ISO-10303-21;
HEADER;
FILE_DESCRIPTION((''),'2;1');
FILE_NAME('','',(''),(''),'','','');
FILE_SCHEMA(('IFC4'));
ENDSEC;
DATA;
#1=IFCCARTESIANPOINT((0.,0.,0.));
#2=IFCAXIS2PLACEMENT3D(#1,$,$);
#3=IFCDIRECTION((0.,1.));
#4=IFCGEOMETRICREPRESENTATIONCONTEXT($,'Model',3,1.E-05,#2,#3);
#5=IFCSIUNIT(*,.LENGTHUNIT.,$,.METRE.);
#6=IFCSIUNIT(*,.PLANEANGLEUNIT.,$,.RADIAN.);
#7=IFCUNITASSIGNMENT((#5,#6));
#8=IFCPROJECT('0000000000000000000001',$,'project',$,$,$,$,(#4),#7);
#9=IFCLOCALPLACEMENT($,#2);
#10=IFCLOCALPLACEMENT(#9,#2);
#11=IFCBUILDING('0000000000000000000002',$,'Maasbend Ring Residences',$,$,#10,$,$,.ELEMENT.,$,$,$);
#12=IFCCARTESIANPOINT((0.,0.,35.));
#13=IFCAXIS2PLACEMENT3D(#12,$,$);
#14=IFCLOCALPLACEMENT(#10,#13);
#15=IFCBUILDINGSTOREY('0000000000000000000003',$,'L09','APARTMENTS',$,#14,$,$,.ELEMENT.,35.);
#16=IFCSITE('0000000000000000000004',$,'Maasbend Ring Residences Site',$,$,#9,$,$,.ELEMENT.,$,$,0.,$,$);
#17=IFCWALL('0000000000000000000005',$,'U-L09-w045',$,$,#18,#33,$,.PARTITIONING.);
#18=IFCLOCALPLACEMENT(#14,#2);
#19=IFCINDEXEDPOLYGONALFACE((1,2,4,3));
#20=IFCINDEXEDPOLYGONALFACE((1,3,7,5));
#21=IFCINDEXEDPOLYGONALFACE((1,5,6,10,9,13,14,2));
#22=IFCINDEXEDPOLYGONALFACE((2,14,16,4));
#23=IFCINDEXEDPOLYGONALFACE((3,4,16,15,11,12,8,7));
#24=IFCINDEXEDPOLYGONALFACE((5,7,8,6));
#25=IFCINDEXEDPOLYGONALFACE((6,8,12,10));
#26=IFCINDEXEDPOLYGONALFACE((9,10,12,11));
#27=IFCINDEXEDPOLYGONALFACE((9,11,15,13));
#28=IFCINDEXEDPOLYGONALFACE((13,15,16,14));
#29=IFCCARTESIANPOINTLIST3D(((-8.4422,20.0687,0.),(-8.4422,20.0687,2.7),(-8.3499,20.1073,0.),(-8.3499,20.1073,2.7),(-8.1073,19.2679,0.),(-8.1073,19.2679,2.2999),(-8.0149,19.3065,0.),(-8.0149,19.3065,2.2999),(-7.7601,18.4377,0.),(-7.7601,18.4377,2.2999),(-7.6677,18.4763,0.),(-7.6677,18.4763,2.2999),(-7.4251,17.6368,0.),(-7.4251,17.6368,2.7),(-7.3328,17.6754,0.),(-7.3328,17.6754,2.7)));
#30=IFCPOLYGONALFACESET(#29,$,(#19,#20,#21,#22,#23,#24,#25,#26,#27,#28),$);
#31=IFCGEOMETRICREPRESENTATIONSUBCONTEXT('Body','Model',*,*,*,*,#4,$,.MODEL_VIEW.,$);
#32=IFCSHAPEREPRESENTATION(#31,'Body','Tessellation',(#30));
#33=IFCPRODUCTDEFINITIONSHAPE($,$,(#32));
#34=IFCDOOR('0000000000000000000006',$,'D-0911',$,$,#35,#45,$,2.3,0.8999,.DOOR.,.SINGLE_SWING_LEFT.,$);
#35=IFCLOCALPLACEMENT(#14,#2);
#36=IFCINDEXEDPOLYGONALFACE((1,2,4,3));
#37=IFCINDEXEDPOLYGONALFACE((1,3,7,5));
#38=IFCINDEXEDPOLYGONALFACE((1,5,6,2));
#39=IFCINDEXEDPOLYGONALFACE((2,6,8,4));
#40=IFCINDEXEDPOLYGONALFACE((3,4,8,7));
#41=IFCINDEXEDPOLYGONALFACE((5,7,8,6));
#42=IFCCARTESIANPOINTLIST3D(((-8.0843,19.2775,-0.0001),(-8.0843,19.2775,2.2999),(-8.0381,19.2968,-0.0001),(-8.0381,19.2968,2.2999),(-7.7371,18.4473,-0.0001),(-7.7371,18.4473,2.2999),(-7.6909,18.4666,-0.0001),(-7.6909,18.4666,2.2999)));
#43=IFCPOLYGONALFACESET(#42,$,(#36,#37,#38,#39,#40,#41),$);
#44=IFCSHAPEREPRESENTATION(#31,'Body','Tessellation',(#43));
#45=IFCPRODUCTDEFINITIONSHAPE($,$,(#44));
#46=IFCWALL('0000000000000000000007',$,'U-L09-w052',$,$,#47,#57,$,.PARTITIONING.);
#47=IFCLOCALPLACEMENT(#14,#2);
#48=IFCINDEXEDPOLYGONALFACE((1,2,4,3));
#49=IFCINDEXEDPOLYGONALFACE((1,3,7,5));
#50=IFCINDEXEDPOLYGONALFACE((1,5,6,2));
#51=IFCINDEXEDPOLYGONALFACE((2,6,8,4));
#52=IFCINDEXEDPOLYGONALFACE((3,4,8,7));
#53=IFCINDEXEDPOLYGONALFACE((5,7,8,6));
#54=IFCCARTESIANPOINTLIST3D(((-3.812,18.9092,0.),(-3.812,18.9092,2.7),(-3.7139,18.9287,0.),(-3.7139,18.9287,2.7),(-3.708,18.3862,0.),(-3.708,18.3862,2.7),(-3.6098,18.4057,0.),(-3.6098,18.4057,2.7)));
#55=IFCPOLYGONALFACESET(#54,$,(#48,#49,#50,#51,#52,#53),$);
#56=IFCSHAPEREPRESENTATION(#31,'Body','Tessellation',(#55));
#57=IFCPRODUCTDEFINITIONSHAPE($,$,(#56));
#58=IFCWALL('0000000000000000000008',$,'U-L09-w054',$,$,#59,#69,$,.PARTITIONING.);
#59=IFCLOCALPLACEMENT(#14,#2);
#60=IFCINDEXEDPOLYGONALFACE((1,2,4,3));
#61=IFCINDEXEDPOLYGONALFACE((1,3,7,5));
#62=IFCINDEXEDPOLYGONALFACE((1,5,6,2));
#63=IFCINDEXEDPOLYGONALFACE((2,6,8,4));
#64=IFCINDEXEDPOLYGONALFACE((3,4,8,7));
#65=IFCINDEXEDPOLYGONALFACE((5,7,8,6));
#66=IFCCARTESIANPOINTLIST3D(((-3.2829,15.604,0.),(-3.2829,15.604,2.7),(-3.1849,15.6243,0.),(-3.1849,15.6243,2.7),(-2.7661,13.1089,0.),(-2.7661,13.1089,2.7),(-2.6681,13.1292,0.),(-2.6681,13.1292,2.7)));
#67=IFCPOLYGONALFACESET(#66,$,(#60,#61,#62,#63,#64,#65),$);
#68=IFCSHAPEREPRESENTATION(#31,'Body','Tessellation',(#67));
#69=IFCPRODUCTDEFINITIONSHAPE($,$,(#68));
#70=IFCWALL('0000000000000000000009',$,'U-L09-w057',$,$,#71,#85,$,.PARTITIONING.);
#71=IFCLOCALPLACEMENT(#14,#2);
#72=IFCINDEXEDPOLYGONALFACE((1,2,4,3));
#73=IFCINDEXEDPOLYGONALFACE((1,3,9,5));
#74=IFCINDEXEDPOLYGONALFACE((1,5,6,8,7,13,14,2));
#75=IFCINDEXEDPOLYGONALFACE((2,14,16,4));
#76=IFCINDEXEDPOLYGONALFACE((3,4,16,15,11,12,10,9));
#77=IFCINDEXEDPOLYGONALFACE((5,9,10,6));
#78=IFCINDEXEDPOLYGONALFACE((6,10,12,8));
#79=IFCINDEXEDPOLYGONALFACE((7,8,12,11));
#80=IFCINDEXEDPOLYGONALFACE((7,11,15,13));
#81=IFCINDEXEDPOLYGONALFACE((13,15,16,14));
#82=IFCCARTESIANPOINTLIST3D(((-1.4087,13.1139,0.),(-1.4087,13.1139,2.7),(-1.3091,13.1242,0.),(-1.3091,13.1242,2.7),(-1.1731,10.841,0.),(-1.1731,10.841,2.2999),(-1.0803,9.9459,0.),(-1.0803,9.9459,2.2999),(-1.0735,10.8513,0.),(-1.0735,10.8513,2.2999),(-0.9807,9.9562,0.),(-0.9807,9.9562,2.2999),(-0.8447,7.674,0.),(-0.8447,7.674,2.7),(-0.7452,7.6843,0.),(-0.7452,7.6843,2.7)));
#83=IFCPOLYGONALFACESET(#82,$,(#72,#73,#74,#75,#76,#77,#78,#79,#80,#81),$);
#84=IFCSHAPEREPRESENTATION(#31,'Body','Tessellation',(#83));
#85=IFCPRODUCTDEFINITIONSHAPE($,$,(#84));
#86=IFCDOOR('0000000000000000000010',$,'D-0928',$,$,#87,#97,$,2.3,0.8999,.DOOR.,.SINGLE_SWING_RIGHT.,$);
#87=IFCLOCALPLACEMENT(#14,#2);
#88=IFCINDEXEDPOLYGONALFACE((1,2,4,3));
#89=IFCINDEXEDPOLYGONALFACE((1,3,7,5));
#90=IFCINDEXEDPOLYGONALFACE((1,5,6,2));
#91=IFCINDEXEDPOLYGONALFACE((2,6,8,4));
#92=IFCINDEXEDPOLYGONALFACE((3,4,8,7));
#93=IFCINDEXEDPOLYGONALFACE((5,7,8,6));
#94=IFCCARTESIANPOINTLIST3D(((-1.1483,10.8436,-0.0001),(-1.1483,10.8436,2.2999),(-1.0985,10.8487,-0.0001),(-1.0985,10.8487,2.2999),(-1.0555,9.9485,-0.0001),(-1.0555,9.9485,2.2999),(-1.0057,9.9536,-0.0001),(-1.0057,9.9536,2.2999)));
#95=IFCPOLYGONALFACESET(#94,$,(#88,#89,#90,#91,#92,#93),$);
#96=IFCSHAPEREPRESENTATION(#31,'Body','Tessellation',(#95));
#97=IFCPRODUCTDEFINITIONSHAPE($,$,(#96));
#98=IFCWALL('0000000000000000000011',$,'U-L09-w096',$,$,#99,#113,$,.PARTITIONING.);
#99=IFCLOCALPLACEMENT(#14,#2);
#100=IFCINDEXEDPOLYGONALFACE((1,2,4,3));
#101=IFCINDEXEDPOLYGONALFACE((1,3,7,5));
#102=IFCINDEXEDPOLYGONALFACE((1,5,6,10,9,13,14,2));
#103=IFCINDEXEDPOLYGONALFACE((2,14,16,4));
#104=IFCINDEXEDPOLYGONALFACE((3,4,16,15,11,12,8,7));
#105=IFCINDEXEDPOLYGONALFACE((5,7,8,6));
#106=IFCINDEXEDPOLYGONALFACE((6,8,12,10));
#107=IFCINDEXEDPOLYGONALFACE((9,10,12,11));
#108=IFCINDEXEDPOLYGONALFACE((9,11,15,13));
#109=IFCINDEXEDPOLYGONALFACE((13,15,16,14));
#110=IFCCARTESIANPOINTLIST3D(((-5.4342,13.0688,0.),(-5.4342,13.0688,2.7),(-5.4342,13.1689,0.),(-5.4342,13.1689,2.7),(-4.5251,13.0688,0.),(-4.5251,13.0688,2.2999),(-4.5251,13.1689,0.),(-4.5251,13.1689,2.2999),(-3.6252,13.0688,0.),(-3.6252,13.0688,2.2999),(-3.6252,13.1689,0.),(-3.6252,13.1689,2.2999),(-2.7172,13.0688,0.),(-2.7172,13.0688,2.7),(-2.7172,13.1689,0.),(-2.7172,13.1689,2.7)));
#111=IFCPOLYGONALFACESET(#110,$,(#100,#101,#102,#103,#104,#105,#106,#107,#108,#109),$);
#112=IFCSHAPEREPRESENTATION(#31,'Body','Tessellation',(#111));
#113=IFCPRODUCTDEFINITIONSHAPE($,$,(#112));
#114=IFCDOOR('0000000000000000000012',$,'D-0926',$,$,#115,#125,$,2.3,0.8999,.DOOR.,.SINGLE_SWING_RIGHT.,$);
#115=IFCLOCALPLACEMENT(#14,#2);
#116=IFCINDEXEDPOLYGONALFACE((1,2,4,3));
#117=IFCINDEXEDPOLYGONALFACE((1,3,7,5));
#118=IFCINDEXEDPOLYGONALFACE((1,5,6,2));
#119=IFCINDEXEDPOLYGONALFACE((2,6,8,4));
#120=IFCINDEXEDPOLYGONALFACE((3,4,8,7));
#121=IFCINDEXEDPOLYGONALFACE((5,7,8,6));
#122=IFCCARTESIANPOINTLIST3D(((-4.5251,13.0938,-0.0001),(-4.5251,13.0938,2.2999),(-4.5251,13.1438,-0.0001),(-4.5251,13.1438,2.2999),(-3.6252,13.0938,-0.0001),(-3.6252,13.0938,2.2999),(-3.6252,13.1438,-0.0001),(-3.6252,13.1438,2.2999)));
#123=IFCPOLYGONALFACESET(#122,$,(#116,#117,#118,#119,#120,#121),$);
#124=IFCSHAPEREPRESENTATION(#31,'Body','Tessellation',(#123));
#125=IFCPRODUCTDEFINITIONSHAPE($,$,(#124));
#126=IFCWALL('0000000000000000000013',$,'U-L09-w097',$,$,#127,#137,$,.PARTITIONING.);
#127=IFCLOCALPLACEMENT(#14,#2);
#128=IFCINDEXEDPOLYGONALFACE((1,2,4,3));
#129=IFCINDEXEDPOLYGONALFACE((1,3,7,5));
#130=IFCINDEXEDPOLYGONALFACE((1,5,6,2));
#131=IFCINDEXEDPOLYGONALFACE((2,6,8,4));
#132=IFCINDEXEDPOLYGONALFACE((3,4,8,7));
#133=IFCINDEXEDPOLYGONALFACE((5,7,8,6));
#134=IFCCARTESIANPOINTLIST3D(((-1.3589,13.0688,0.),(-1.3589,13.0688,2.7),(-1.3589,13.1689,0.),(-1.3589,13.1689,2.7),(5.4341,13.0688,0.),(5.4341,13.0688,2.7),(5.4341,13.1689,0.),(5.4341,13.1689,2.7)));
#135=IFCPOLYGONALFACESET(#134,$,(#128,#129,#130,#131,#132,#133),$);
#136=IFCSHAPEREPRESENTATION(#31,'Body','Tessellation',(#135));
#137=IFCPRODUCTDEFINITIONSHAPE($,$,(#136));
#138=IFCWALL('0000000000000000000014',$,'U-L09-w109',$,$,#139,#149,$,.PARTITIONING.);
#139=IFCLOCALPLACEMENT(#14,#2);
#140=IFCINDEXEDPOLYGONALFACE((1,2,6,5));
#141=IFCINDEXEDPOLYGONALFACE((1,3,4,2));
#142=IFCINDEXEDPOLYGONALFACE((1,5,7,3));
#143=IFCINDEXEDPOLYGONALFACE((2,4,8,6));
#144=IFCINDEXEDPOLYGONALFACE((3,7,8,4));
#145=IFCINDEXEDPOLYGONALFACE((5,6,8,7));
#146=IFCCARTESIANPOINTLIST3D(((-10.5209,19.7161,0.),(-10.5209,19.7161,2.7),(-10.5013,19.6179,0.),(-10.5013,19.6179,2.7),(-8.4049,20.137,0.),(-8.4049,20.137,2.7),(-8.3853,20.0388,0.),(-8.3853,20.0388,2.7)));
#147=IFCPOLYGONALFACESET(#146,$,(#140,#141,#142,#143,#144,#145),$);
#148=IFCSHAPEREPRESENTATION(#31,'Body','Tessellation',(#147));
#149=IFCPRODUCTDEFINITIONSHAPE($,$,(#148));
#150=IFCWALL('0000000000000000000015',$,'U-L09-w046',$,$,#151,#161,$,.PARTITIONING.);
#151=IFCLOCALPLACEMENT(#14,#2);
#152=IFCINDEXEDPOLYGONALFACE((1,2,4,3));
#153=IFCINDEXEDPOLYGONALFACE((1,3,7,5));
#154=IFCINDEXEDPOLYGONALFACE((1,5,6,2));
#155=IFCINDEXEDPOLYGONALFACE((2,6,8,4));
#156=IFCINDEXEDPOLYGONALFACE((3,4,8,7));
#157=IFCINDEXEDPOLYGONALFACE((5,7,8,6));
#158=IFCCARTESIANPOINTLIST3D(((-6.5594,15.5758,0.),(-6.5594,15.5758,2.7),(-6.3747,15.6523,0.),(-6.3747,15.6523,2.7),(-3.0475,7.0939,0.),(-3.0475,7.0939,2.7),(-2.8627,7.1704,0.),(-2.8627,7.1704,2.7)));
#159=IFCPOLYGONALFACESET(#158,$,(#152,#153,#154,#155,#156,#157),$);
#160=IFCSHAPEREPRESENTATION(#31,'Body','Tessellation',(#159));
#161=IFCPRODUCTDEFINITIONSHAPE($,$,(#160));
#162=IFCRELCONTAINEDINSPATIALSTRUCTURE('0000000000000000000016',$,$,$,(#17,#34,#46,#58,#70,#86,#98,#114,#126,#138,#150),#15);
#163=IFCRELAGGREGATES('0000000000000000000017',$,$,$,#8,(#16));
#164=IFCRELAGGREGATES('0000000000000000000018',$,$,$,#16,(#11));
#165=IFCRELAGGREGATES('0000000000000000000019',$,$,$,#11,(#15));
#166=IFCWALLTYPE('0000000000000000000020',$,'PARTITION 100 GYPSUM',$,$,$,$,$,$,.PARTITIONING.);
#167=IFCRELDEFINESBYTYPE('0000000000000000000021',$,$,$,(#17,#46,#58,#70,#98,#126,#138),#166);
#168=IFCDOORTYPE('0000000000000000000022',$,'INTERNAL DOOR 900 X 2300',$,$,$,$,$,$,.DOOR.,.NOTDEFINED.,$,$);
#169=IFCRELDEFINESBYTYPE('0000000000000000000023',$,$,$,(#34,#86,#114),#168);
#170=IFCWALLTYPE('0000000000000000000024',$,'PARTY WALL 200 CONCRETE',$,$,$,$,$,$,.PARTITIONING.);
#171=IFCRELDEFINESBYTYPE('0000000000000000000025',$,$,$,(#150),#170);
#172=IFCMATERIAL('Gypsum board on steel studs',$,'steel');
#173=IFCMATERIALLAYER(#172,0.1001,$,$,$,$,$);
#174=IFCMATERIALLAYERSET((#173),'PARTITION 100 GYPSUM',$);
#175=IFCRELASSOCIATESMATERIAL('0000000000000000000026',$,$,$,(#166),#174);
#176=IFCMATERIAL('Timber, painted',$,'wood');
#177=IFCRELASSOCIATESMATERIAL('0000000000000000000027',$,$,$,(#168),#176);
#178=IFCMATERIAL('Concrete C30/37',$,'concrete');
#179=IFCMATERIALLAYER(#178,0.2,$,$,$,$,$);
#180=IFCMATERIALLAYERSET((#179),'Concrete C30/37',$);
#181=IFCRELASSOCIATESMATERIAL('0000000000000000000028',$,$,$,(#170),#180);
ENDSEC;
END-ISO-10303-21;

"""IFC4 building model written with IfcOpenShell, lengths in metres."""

from ifc_helpers import new_model, si_unit, direction, frame, frame_2d, origin, place, context, subcontext, project, spatial, rectangle, extrude, material, layer, layer_set, type_object, element, fill, save


model = new_model("IFC4")

# Units and contexts
model_context = context("Model", 3, precision=1e-05, world=origin(), true_north=direction((0.0, 1.0)))
body_context = subcontext(model_context, "Body", "Model", "MODEL_VIEW")
ifc_project = project(units=[si_unit("LENGTHUNIT", "METRE"), si_unit("PLANEANGLEUNIT", "RADIAN")], contexts=[model_context])

# Site, building, storey
site_placement = place(None, origin())
site = spatial("IfcSite", under=ifc_project, at=site_placement, Name="Maasbend Ring Residences Site", CompositionType="ELEMENT", RefElevation=0.0)
building_placement = place(site_placement, origin())
building = spatial("IfcBuilding", under=site, at=building_placement, Name="Maasbend Ring Residences", CompositionType="ELEMENT")
storey_placement = place(building_placement, frame((0.0, 0.0, 35.0)))
storey = spatial("IfcBuildingStorey", under=building, at=storey_placement, Name="L09", Description="APARTMENTS", CompositionType="ELEMENT", Elevation=35.0)

# Shared definitions
ifc_material_1 = material(Name="Gypsum board on steel studs", Category="steel")
ifc_layer_1 = layer(ifc_material_1, 0.1001)
ifc_layer_set_1 = layer_set([ifc_layer_1], Name="PARTITION 100 GYPSUM")
wall_type_1 = type_object("IfcWallType", Name="PARTITION 100 GYPSUM", PredefinedType="PARTITIONING", material=ifc_layer_set_1)

# Wall, opening, door
wall_1_placement = place(storey_placement, frame((-8.396, 20.0879, 0.0), z_axis=(0.0, 0.0, 1.0), x_axis=(0.385845, -0.922564, 0.0)))
wall_1 = element("IfcWall", 1, at=wall_1_placement, inside=storey, type_object=wall_type_1, Name="U-L09-w045", PredefinedType="PARTITIONING", context=body_context, shape_type="SweptSolid", body=[
    extrude(rectangle(XDim=2.636, YDim=0.1001, at=frame_2d((1.3179, 0.0))), origin(), (0.0, 0.0, 1.0), 2.7),
])
opening_1_placement = place(wall_1_placement, frame((0.8679, 0.0, 0.0)))
opening_1 = element("IfcOpeningElement", 2, at=opening_1_placement, cuts=wall_1, PredefinedType="OPENING", context=body_context, shape_type="SweptSolid", body=[
    extrude(rectangle(XDim=0.8999, YDim=2.3, at=frame_2d((0.45, 1.1499))), frame((0.0, 0.0601, 0.0), z_axis=(0.0, -1.0, 0.0), x_axis=(1.0, 0.0, 0.0)), (0.0, 0.0, 1.0), 0.1201),
])
ifc_material_2 = material(Name="Timber, painted", Category="wood")
door_type_1 = type_object("IfcDoorType", Name="INTERNAL DOOR 900 X 2300", OperationType="NOTDEFINED", PredefinedType="DOOR", material=ifc_material_2)
door_1_placement = place(opening_1_placement, origin())
door_1 = element("IfcDoor", 3, at=door_1_placement, inside=storey, type_object=door_type_1, Name="D-0911", OperationType="SINGLE_SWING_LEFT", OverallHeight=2.3, OverallWidth=0.8999, PredefinedType="DOOR", context=body_context, shape_type="SweptSolid", body=[
    extrude(rectangle(XDim=0.8999, YDim=2.3, at=frame_2d((0.45, 1.1499))), frame((0.0, 0.0249, 0.0), z_axis=(0.0, -1.0, 0.0), x_axis=(1.0, 0.0, 0.0)), (0.0, 0.0, 1.0), 0.05),
])
fill(opening_1, door_1)

# Walls
wall_2_placement = place(storey_placement, frame((-3.7629, 18.9189, 0.0), z_axis=(0.0, 0.0, 1.0), x_axis=(0.195059, -0.980791, 0.0)))
element("IfcWall", 4, at=wall_2_placement, inside=storey, type_object=wall_type_1, Name="U-L09-w052", PredefinedType="PARTITIONING", context=body_context, shape_type="SweptSolid", body=[
    extrude(rectangle(XDim=0.5332, YDim=0.1001, at=frame_2d((0.2666, 0.0))), origin(), (0.0, 0.0, 1.0), 2.7),
])
wall_3_placement = place(storey_placement, frame((-3.2339, 15.614, 0.0), z_axis=(0.0, 0.0, 1.0), x_axis=(0.202837, -0.979213, 0.0)))
element("IfcWall", 5, at=wall_3_placement, inside=storey, type_object=wall_type_1, Name="U-L09-w054", PredefinedType="PARTITIONING", context=body_context, shape_type="SweptSolid", body=[
    extrude(rectangle(XDim=2.5481, YDim=0.1001, at=frame_2d((1.2739, 0.0))), origin(), (0.0, 0.0, 1.0), 2.7),
])

# Walls, openings, doors
wall_4_placement = place(storey_placement, frame((-1.3589, 13.1189, 0.0), z_axis=(0.0, 0.0, 1.0), x_axis=(0.103118, -0.994669, 0.0)))
wall_4 = element("IfcWall", 6, at=wall_4_placement, inside=storey, type_object=wall_type_1, Name="U-L09-w057", PredefinedType="PARTITIONING", context=body_context, shape_type="SweptSolid", body=[
    extrude(rectangle(XDim=5.469, YDim=0.1001, at=frame_2d((2.7344, 0.0))), origin(), (0.0, 0.0, 1.0), 2.7),
])
opening_2_placement = place(wall_4_placement, frame((2.2849, 0.0, 0.0)))
opening_2 = element("IfcOpeningElement", 7, at=opening_2_placement, cuts=wall_4, PredefinedType="OPENING", context=body_context, shape_type="SweptSolid", body=[
    extrude(rectangle(XDim=0.8999, YDim=2.3, at=frame_2d((0.45, 1.1499))), frame((0.0, 0.0601, 0.0), z_axis=(0.0, -1.0, 0.0), x_axis=(1.0, 0.0, 0.0)), (0.0, 0.0, 1.0), 0.1201),
])
door_2_placement = place(opening_2_placement, origin())
door_2 = element("IfcDoor", 8, at=door_2_placement, inside=storey, type_object=door_type_1, Name="D-0928", OperationType="SINGLE_SWING_RIGHT", OverallHeight=2.3, OverallWidth=0.8999, PredefinedType="DOOR", context=body_context, shape_type="SweptSolid", body=[
    extrude(rectangle(XDim=0.8999, YDim=2.3, at=frame_2d((0.45, 1.1499))), frame((0.0, 0.0249, 0.0), z_axis=(0.0, -1.0, 0.0), x_axis=(1.0, 0.0, 0.0)), (0.0, 0.0, 1.0), 0.05),
])
fill(opening_2, door_2)
wall_5_placement = place(storey_placement, frame((-5.4341, 13.1189, 0.0), z_axis=(0.0, 0.0, 1.0), x_axis=(1.0, 0.0, 0.0)))
wall_5 = element("IfcWall", 9, at=wall_5_placement, inside=storey, type_object=wall_type_1, Name="U-L09-w096", PredefinedType="PARTITIONING", context=body_context, shape_type="SweptSolid", body=[
    extrude(rectangle(XDim=2.717, YDim=0.1001, at=frame_2d((1.3584, 0.0))), origin(), (0.0, 0.0, 1.0), 2.7),
])
opening_3_placement = place(wall_5_placement, frame((0.9089, 0.0, 0.0)))
opening_3 = element("IfcOpeningElement", 10, at=opening_3_placement, cuts=wall_5, PredefinedType="OPENING", context=body_context, shape_type="SweptSolid", body=[
    extrude(rectangle(XDim=0.8999, YDim=2.3, at=frame_2d((0.45, 1.1499))), frame((0.0, 0.0601, 0.0), z_axis=(0.0, -1.0, 0.0), x_axis=(1.0, 0.0, 0.0)), (0.0, 0.0, 1.0), 0.1201),
])
door_3_placement = place(opening_3_placement, origin())
door_3 = element("IfcDoor", 11, at=door_3_placement, inside=storey, type_object=door_type_1, Name="D-0926", OperationType="SINGLE_SWING_RIGHT", OverallHeight=2.3, OverallWidth=0.8999, PredefinedType="DOOR", context=body_context, shape_type="SweptSolid", body=[
    extrude(rectangle(XDim=0.8999, YDim=2.3, at=frame_2d((0.45, 1.1499))), frame((0.0, 0.0249, 0.0), z_axis=(0.0, -1.0, 0.0), x_axis=(1.0, 0.0, 0.0)), (0.0, 0.0, 1.0), 0.05),
])
fill(opening_3, door_3)

# Walls
wall_6_placement = place(storey_placement, frame((-1.3589, 13.1189, 0.0), z_axis=(0.0, 0.0, 1.0), x_axis=(1.0, 0.0, 0.0)))
element("IfcWall", 12, at=wall_6_placement, inside=storey, type_object=wall_type_1, Name="U-L09-w097", PredefinedType="PARTITIONING", context=body_context, shape_type="SweptSolid", body=[
    extrude(rectangle(XDim=6.793, YDim=0.1001, at=frame_2d((3.3965, 0.0))), origin(), (0.0, 0.0, 1.0), 2.7),
])
wall_7_placement = place(storey_placement, frame((-10.511, 19.667, 0.0), z_axis=(0.0, 0.0, 1.0), x_axis=(0.980785, 0.195093, 0.0)))
element("IfcWall", 13, at=wall_7_placement, inside=storey, type_object=wall_type_1, Name="U-L09-w109", PredefinedType="PARTITIONING", context=body_context, shape_type="SweptSolid", body=[
    extrude(rectangle(XDim=2.1575, YDim=0.1001, at=frame_2d((1.0786, 0.0))), origin(), (0.0, 0.0, 1.0), 2.7),
])
ifc_material_3 = material(Name="Concrete C30/37", Category="concrete")
ifc_layer_2 = layer(ifc_material_3, 0.2)
ifc_layer_set_2 = layer_set([ifc_layer_2], Name="Concrete C30/37")
wall_type_2 = type_object("IfcWallType", Name="PARTY WALL 200 CONCRETE", PredefinedType="PARTITIONING", material=ifc_layer_set_2)
wall_8_placement = place(storey_placement, frame((-6.467, 15.614, 0.0), z_axis=(0.0, 0.0, 1.0), x_axis=(0.382556, -0.923932, 0.0)))
element("IfcWall", 14, at=wall_8_placement, inside=storey, type_object=wall_type_2, Name="U-L09-w046", PredefinedType="PARTITIONING", context=body_context, shape_type="SweptSolid", body=[
    extrude(rectangle(XDim=9.1802, YDim=0.2, at=frame_2d((4.5901, 0.0))), origin(), (0.0, 0.0, 1.0), 2.7),
])

save(model, "model.ifc")
